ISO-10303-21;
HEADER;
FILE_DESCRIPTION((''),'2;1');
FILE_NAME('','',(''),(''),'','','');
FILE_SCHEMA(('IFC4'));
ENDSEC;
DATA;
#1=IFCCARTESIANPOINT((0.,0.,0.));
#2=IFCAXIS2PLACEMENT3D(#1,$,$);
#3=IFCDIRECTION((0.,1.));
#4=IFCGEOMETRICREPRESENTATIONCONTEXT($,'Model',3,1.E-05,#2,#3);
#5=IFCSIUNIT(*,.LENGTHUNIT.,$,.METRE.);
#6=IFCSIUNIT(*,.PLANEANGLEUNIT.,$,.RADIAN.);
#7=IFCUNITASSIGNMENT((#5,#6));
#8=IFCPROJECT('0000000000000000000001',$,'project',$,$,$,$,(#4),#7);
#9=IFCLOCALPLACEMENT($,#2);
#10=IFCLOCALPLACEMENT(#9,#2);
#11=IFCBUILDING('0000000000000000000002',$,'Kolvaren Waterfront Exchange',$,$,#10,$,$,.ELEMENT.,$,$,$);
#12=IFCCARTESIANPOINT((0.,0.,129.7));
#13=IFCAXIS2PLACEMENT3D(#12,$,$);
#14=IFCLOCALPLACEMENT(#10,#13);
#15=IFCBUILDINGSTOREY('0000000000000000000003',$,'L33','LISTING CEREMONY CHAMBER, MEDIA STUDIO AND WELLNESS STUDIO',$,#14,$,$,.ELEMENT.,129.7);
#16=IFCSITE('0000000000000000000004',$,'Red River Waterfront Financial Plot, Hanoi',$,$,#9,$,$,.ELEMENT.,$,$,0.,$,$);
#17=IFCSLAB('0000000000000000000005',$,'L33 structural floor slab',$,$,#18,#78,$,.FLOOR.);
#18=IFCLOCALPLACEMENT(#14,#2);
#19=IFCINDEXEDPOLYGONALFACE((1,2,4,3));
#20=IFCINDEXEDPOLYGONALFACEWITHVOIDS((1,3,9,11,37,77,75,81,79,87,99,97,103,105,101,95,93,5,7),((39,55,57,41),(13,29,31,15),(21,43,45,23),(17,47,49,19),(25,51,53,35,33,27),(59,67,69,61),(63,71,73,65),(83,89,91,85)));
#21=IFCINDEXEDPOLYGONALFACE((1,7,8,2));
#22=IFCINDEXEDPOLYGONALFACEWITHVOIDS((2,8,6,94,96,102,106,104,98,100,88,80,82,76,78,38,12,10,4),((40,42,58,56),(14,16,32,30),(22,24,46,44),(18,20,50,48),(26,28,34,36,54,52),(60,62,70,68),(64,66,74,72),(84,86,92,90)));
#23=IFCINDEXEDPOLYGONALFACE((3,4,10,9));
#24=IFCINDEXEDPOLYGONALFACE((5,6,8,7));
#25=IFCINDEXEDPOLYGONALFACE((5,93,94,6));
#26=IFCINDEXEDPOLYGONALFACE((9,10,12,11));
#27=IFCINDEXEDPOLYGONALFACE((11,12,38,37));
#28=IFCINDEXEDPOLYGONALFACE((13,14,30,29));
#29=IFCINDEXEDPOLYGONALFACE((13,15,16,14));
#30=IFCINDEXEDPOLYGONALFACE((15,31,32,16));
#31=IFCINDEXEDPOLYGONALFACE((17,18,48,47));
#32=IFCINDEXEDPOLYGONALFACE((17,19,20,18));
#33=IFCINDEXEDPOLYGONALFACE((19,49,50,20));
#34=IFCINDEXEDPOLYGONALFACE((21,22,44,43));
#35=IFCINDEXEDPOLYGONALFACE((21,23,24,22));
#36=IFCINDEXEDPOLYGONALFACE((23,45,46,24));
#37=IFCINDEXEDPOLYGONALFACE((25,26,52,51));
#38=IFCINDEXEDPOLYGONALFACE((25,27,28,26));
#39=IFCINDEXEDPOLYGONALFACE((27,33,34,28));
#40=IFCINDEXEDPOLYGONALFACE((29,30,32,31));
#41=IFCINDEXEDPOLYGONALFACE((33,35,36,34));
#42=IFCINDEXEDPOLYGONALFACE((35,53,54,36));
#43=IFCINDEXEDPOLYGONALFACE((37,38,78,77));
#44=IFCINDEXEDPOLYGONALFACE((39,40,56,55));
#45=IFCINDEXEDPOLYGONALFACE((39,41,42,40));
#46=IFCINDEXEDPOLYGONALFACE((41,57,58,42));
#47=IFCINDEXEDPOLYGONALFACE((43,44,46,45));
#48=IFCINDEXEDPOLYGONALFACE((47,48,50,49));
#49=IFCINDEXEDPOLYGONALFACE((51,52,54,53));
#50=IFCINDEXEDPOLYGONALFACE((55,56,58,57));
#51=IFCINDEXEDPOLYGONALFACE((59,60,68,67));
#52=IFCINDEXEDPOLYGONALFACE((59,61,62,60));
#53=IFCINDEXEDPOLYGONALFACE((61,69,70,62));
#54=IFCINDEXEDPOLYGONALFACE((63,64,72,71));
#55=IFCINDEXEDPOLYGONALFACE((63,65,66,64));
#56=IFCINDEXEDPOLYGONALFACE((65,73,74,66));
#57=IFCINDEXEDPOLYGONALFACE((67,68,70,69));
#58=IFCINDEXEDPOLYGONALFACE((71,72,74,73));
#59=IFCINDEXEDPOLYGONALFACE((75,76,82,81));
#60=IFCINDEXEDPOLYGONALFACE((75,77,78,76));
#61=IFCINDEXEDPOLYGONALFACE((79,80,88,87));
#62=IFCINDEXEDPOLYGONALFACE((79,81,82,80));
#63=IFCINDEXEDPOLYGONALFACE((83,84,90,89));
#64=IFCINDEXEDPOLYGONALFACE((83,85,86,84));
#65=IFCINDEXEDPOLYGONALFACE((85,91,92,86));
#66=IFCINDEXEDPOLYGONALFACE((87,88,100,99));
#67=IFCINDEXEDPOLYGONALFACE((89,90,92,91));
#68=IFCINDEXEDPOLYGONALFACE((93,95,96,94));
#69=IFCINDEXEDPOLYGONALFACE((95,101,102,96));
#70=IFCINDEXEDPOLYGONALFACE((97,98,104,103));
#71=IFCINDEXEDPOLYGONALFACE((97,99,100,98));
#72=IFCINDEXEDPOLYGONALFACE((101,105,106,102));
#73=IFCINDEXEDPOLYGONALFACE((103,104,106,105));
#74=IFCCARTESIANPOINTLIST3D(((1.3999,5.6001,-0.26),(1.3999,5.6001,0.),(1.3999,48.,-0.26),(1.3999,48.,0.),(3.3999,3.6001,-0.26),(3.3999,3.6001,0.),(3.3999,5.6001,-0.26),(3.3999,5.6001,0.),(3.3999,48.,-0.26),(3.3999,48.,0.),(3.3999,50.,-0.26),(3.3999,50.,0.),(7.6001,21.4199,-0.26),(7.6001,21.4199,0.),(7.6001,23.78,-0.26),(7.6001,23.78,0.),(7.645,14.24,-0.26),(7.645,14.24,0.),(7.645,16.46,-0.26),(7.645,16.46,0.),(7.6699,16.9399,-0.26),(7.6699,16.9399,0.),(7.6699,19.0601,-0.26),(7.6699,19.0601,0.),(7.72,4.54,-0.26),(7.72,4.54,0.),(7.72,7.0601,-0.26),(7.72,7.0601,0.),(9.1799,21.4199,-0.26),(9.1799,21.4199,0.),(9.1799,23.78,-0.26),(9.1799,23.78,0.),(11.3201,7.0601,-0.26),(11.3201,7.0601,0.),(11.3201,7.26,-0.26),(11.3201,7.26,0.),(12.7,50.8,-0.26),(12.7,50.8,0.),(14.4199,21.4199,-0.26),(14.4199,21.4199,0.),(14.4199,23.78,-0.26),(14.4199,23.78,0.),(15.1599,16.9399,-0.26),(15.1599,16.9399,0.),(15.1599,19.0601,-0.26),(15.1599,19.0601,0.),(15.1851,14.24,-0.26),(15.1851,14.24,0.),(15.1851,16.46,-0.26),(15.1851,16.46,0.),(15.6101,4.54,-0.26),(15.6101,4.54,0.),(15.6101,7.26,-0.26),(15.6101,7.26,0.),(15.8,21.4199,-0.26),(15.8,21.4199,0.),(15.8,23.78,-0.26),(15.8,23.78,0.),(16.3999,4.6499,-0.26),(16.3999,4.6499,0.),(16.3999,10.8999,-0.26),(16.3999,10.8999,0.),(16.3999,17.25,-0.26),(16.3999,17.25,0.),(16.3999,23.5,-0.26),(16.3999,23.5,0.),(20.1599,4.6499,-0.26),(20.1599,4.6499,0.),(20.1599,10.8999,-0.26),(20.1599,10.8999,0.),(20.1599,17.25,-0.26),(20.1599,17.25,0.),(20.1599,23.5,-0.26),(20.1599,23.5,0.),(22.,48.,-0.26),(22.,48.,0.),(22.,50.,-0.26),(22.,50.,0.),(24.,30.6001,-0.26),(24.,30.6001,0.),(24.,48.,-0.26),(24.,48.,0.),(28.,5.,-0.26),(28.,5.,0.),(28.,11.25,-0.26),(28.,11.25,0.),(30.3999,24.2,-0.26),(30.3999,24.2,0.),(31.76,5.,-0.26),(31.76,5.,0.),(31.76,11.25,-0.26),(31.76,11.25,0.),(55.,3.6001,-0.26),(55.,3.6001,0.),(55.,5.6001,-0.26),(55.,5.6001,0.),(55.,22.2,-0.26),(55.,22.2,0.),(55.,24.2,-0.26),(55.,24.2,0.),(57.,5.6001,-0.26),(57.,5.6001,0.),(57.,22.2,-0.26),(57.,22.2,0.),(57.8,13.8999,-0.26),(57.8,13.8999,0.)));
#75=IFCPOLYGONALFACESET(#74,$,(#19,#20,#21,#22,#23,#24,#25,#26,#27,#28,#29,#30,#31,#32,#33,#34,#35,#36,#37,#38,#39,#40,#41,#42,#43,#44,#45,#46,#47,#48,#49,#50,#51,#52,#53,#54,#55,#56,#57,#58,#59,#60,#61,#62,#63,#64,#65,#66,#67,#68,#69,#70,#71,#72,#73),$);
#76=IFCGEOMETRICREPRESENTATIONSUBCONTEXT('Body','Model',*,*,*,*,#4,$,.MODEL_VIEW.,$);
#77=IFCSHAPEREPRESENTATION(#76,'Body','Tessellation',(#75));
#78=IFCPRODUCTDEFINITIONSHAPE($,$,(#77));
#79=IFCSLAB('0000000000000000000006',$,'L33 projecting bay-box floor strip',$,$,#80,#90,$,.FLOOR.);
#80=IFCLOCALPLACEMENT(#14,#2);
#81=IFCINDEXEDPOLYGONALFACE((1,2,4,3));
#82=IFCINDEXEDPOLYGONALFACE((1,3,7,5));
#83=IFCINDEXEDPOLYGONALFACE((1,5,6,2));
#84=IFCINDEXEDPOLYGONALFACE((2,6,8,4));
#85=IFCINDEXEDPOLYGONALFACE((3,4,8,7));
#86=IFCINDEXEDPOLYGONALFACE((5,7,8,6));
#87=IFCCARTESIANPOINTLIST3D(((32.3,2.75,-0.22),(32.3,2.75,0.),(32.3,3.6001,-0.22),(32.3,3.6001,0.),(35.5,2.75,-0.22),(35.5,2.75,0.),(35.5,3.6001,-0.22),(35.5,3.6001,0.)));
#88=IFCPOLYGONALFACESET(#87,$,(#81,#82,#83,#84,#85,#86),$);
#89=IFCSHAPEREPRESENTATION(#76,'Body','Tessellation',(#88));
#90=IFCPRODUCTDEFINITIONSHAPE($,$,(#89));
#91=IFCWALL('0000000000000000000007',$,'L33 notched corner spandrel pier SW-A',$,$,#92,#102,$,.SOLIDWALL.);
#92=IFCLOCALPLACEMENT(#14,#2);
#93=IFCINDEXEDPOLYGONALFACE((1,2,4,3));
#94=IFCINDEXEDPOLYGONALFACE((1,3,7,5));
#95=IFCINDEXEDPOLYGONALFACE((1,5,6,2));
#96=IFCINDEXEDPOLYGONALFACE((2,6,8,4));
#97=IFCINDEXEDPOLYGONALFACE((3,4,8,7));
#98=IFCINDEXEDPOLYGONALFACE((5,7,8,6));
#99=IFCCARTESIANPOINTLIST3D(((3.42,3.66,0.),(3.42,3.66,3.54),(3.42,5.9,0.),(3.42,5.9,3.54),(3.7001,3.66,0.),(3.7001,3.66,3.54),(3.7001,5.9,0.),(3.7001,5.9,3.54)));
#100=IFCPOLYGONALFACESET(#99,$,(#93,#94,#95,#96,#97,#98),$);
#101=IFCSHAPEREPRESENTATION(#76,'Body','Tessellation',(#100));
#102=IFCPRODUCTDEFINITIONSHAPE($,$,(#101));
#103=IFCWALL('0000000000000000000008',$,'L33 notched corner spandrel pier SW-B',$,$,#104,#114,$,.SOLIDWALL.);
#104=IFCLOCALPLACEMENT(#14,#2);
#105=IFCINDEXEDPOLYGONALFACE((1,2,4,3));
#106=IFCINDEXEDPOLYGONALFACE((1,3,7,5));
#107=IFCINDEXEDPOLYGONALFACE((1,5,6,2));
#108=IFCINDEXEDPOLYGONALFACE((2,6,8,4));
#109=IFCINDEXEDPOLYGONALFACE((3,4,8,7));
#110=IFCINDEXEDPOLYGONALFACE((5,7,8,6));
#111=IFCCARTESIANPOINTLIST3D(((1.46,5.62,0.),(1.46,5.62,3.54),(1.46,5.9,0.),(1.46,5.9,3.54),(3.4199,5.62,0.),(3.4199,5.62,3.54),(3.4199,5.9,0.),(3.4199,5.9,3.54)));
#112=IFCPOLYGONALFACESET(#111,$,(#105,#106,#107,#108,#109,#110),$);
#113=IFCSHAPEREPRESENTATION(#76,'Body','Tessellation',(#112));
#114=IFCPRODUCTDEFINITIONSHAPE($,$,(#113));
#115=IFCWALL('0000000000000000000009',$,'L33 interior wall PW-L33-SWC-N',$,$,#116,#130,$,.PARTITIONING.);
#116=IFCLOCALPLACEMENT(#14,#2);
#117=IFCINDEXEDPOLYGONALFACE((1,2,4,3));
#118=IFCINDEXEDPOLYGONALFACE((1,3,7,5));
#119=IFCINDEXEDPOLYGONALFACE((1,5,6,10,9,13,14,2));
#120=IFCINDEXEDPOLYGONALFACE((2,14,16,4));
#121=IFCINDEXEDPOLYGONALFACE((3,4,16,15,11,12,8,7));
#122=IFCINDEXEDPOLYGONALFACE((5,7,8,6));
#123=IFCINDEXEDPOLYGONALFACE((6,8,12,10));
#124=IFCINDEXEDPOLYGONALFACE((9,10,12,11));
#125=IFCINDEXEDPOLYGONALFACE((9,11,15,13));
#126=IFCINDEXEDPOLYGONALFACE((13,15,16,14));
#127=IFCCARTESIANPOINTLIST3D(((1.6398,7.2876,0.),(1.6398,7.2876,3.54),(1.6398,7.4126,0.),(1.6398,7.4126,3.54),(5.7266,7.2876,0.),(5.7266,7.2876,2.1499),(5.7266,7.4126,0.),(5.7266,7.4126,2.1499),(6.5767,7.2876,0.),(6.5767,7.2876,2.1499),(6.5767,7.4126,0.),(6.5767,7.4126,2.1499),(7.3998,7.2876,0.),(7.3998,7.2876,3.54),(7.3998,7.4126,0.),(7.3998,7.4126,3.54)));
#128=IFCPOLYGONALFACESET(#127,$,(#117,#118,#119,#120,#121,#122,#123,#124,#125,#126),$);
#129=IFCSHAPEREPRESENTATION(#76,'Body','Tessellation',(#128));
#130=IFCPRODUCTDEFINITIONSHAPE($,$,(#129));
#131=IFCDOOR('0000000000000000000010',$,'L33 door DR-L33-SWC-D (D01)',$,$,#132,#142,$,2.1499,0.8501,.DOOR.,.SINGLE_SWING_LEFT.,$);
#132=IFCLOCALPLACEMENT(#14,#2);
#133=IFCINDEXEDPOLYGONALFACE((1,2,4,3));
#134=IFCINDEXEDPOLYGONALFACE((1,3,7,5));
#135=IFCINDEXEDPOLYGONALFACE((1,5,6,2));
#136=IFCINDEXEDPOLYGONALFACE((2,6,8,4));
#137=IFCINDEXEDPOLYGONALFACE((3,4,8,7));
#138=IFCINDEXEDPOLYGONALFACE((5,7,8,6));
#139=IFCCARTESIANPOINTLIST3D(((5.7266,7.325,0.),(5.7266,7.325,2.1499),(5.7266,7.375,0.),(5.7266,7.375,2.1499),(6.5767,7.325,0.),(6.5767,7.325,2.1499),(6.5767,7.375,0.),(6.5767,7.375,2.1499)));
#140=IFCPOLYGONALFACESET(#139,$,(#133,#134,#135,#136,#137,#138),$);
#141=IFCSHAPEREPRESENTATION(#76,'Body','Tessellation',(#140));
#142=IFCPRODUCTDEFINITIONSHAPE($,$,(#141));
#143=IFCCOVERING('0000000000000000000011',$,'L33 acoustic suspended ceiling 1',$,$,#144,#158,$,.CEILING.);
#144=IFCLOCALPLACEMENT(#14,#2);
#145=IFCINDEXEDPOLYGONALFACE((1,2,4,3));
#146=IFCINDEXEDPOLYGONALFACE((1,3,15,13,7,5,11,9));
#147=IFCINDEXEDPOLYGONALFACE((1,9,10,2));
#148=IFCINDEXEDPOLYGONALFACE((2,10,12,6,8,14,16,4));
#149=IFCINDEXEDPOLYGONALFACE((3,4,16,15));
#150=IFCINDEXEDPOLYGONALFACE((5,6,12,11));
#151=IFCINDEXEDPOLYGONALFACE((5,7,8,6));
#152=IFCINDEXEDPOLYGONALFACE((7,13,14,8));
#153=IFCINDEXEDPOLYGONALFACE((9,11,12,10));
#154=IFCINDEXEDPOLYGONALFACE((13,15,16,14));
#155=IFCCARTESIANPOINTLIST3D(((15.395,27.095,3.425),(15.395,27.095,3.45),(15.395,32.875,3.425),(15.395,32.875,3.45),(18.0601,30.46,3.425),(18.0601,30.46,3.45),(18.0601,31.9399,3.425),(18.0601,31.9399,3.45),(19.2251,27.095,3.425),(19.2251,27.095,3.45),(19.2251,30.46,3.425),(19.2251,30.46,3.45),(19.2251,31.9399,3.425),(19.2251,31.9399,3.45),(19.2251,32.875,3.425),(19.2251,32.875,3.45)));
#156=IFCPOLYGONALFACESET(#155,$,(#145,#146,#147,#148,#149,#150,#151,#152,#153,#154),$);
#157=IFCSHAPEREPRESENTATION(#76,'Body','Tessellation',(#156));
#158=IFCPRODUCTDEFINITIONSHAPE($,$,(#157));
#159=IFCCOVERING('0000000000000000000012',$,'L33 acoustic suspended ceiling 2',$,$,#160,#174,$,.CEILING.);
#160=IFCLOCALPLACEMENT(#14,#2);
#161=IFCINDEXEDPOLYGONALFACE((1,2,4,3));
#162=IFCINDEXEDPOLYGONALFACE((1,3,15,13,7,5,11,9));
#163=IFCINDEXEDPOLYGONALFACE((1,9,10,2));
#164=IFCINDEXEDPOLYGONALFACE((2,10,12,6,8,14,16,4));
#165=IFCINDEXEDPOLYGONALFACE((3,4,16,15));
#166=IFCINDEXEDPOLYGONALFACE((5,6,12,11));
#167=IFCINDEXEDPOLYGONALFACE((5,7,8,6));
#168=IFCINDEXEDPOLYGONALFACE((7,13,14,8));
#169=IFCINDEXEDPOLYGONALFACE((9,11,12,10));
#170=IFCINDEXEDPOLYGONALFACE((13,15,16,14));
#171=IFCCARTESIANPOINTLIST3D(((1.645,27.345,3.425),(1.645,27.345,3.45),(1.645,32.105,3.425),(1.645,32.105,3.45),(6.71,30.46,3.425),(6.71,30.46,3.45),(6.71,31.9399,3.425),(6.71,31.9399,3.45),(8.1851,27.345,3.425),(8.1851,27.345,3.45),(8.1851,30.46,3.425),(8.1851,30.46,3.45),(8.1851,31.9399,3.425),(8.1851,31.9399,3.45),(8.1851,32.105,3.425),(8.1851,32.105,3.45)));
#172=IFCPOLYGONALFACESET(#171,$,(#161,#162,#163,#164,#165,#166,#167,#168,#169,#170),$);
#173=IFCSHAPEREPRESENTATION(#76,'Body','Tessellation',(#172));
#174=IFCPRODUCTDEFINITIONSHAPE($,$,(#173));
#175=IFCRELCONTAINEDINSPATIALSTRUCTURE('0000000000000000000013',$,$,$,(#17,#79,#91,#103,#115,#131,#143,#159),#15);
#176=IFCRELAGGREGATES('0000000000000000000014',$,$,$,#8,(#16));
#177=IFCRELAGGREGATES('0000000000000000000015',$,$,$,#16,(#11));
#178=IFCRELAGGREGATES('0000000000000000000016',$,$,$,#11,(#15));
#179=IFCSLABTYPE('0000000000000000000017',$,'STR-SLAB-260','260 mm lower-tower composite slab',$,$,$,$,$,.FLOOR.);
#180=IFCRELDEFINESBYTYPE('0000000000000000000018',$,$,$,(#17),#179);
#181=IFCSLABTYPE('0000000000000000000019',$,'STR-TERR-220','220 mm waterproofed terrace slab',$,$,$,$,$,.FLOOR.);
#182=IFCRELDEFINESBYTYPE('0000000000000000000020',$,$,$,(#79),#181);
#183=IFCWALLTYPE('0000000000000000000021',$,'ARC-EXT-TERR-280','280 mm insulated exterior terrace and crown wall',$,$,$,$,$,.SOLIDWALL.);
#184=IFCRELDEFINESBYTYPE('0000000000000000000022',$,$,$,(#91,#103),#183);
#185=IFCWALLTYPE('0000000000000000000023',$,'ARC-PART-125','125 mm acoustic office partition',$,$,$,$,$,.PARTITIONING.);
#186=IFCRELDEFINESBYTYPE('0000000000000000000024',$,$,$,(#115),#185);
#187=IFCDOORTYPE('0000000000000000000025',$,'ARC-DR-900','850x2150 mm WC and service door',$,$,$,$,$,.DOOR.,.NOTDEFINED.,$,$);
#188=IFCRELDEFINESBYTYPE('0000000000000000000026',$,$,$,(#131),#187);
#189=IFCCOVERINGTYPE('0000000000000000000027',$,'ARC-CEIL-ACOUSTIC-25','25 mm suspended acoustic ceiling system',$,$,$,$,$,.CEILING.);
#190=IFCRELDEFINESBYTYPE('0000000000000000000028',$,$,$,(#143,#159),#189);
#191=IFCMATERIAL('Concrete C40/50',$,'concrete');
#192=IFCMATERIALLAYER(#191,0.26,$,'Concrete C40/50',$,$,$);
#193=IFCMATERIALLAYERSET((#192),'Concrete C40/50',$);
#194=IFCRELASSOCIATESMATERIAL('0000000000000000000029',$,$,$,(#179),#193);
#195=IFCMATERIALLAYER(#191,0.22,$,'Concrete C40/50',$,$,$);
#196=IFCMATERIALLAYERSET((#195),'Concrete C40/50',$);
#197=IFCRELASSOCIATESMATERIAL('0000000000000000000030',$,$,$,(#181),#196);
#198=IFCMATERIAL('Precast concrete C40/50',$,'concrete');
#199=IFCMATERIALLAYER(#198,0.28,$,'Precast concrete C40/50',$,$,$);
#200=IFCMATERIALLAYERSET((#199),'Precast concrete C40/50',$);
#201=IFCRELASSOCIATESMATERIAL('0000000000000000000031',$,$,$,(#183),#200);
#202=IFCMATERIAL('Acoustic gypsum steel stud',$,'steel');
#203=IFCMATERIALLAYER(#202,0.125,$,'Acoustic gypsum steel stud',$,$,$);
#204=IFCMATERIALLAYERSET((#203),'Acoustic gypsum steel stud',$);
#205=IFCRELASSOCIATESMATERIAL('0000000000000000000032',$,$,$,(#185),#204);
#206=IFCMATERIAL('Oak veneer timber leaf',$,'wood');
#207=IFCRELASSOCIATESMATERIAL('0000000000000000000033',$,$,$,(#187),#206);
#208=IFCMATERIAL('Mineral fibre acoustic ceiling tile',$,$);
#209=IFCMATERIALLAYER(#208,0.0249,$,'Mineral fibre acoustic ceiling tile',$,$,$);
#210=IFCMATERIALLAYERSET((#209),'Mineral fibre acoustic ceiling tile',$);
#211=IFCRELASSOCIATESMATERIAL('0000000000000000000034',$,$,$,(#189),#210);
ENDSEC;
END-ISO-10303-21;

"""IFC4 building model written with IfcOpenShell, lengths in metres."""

from ifc_helpers import new_model, si_unit, direction, frame, frame_2d, origin, place, context, subcontext, project, spatial, polyline, rectangle, outline, extrude, material, layer, layer_set, type_object, element, fill, save


model = new_model("IFC4")

# Units and contexts
model_context = context("Model", 3, precision=1e-05, world=origin(), true_north=direction((0.0, 1.0)))
body_context = subcontext(model_context, "Body", "Model", "MODEL_VIEW")
ifc_project = project(units=[si_unit("LENGTHUNIT", "METRE"), si_unit("PLANEANGLEUNIT", "RADIAN")], contexts=[model_context])

# Site, building, storey
site_placement = place(None, origin())
site = spatial("IfcSite", under=ifc_project, at=site_placement, Name="Red River Waterfront Financial Plot, Hanoi", CompositionType="ELEMENT", RefElevation=0.0)
building_placement = place(site_placement, origin())
building = spatial("IfcBuilding", under=site, at=building_placement, Name="Kolvaren Waterfront Exchange", CompositionType="ELEMENT")
storey_placement = place(building_placement, frame((0.0, 0.0, 129.7)))
storey = spatial("IfcBuildingStorey", under=building, at=storey_placement, Name="L33", Description="LISTING CEREMONY CHAMBER, MEDIA STUDIO AND WELLNESS STUDIO", CompositionType="ELEMENT", Elevation=129.7)

# Shared definitions
ifc_material_1 = material(Name="Concrete C40/50", Category="concrete")

# Slabs
ifc_layer_1 = layer(ifc_material_1, 0.26, Name="Concrete C40/50")
ifc_layer_set_1 = layer_set([ifc_layer_1], Name="Concrete C40/50")
slab_type_1 = type_object("IfcSlabType", Name="STR-SLAB-260", Description="260 mm lower-tower composite slab", PredefinedType="FLOOR", material=ifc_layer_set_1)
slab_1_placement = place(storey_placement, frame((0.0, 0.0, -0.26)))
element("IfcSlab", 1, at=slab_1_placement, inside=storey, type_object=slab_type_1, Name="L33 structural floor slab", PredefinedType="FLOOR", context=body_context, shape_type="SweptSolid", body=[
    extrude(outline(polyline([(3.3999, 3.6001), (55.0, 3.6001), (55.0, 5.6001), (57.0, 5.6001), (57.8, 13.8999), (57.0, 22.2), (55.0, 22.2), (55.0, 24.2), (30.3999, 24.2), (24.0, 30.6001), (24.0, 48.0), (22.0, 48.0), (22.0, 50.0), (12.7, 50.8), (3.3999, 50.0), (3.3999, 48.0), (1.3999, 48.0), (1.3999, 5.6001), (3.3999, 5.6001), (3.3999, 3.6001)]), holes=[polyline([(11.3201, 7.26), (15.6101, 7.26), (15.6101, 4.54), (7.72, 4.54), (7.72, 7.0601), (11.3201, 7.0601), (11.3201, 7.26)]), polyline([(20.1599, 10.8999), (20.1599, 4.6499), (16.3999, 4.6499), (16.3999, 10.8999), (20.1599, 10.8999)]), polyline([(31.76, 11.25), (31.76, 5.0), (28.0, 5.0), (28.0, 11.25), (31.76, 11.25)]), polyline([(15.1851, 14.24), (7.645, 14.24), (7.645, 16.46), (15.1851, 16.46), (15.1851, 14.24)]), polyline([(15.1599, 16.9399), (7.6699, 16.9399), (7.6699, 19.0601), (15.1599, 19.0601), (15.1599, 16.9399)]), polyline([(16.3999, 23.5), (20.1599, 23.5), (20.1599, 17.25), (16.3999, 17.25), (16.3999, 23.5)]), polyline([(7.6001, 23.78), (9.1799, 23.78), (9.1799, 21.4199), (7.6001, 21.4199), (7.6001, 23.78)]), polyline([(15.8, 23.78), (15.8, 21.4199), (14.4199, 21.4199), (14.4199, 23.78), (15.8, 23.78)])]), origin(), (0.0, 0.0, 1.0), 0.26),
])
ifc_layer_2 = layer(ifc_material_1, 0.22, Name="Concrete C40/50")
ifc_layer_set_2 = layer_set([ifc_layer_2], Name="Concrete C40/50")
slab_type_2 = type_object("IfcSlabType", Name="STR-TERR-220", Description="220 mm waterproofed terrace slab", PredefinedType="FLOOR", material=ifc_layer_set_2)
slab_2_placement = place(storey_placement, frame((0.0, 0.0, -0.22)))
element("IfcSlab", 2, at=slab_2_placement, inside=storey, type_object=slab_type_2, Name="L33 projecting bay-box floor strip", PredefinedType="FLOOR", context=body_context, shape_type="SweptSolid", body=[
    extrude(outline(polyline([(32.3, 2.75), (35.5, 2.75), (35.5, 3.6001), (32.3, 3.6001), (32.3, 2.75)])), origin(), (0.0, 0.0, 1.0), 0.22),
])

# Walls
ifc_material_2 = material(Name="Precast concrete C40/50", Category="concrete")
ifc_layer_3 = layer(ifc_material_2, 0.28, Name="Precast concrete C40/50")
ifc_layer_set_3 = layer_set([ifc_layer_3], Name="Precast concrete C40/50")
wall_type_1 = type_object("IfcWallType", Name="ARC-EXT-TERR-280", Description="280 mm insulated exterior terrace and crown wall", PredefinedType="SOLIDWALL", material=ifc_layer_set_3)
wall_1_placement = place(storey_placement, frame((3.5601, 3.6599, 0.0), z_axis=(0.0, 0.0, 1.0), x_axis=(0.0, 1.0, 0.0)))
element("IfcWall", 3, at=wall_1_placement, inside=storey, type_object=wall_type_1, Name="L33 notched corner spandrel pier SW-A", PredefinedType="SOLIDWALL", context=body_context, shape_type="SweptSolid", body=[
    extrude(rectangle(XDim=2.24, YDim=0.28, at=frame_2d((1.1201, 0.0))), origin(), (0.0, 0.0, 1.0), 3.54),
])
wall_2_placement = place(storey_placement, frame((1.46, 5.76, 0.0), z_axis=(0.0, 0.0, 1.0), x_axis=(1.0, 0.0, 0.0)))
element("IfcWall", 4, at=wall_2_placement, inside=storey, type_object=wall_type_1, Name="L33 notched corner spandrel pier SW-B", PredefinedType="SOLIDWALL", context=body_context, shape_type="SweptSolid", body=[
    extrude(rectangle(XDim=1.96, YDim=0.28, at=frame_2d((0.98, 0.0))), origin(), (0.0, 0.0, 1.0), 3.54),
])

# Wall, opening, door
ifc_material_3 = material(Name="Acoustic gypsum steel stud", Category="steel")
ifc_layer_4 = layer(ifc_material_3, 0.125, Name="Acoustic gypsum steel stud")
ifc_layer_set_4 = layer_set([ifc_layer_4], Name="Acoustic gypsum steel stud")
wall_type_2 = type_object("IfcWallType", Name="ARC-PART-125", Description="125 mm acoustic office partition", PredefinedType="PARTITIONING", material=ifc_layer_set_4)
wall_3_placement = place(storey_placement, frame((1.6399, 7.3501, 0.0), z_axis=(0.0, 0.0, 1.0), x_axis=(1.0, 0.0, 0.0)))
wall_3 = element("IfcWall", 5, at=wall_3_placement, inside=storey, type_object=wall_type_2, Name="L33 interior wall PW-L33-SWC-N", PredefinedType="PARTITIONING", context=body_context, shape_type="SweptSolid", body=[
    extrude(rectangle(XDim=5.76, YDim=0.125, at=frame_2d((2.8799, 0.0))), origin(), (0.0, 0.0, 1.0), 3.54),
])
opening_placement = place(wall_3_placement, frame((4.0867, 0.0, 0.0)))
opening = element("IfcOpeningElement", 6, at=opening_placement, cuts=wall_3, PredefinedType="OPENING", context=body_context, shape_type="SweptSolid", body=[
    extrude(rectangle(XDim=0.8501, YDim=2.1499, at=frame_2d((0.425, 1.075))), frame((0.0, 0.0725, 0.0), z_axis=(0.0, -1.0, 0.0), x_axis=(1.0, 0.0, 0.0)), (0.0, 0.0, 1.0), 0.145),
])
ifc_material_4 = material(Name="Oak veneer timber leaf", Category="wood")
door_type = type_object("IfcDoorType", Name="ARC-DR-900", Description="850x2150 mm WC and service door", OperationType="NOTDEFINED", PredefinedType="DOOR", material=ifc_material_4)
door_placement = place(opening_placement, origin())
door = element("IfcDoor", 7, at=door_placement, inside=storey, type_object=door_type, Name="L33 door DR-L33-SWC-D (D01)", OperationType="SINGLE_SWING_LEFT", OverallHeight=2.1499, OverallWidth=0.8501, PredefinedType="DOOR", context=body_context, shape_type="SweptSolid", body=[
    extrude(rectangle(XDim=0.8501, YDim=2.1499, at=frame_2d((0.425, 1.075))), frame((0.0, 0.0249, 0.0), z_axis=(0.0, -1.0, 0.0), x_axis=(1.0, 0.0, 0.0)), (0.0, 0.0, 1.0), 0.05),
])
fill(opening, door)

# Coverings
ifc_material_5 = material(Name="Mineral fibre acoustic ceiling tile")
ifc_layer_5 = layer(ifc_material_5, 0.0249, Name="Mineral fibre acoustic ceiling tile")
ifc_layer_set_5 = layer_set([ifc_layer_5], Name="Mineral fibre acoustic ceiling tile")
covering_type_1 = type_object("IfcCoveringType", Name="ARC-CEIL-ACOUSTIC-25", Description="25 mm suspended acoustic ceiling system", PredefinedType="CEILING", material=ifc_layer_set_5)
covering_1_placement = place(storey_placement, frame((0.0, 0.0, 3.425)))
element("IfcCovering", 8, at=covering_1_placement, inside=storey, type_object=covering_type_1, Name="L33 acoustic suspended ceiling 1", PredefinedType="CEILING", context=body_context, shape_type="SweptSolid", body=[
    extrude(outline(polyline([(19.2251, 30.46), (18.0601, 30.46), (18.0601, 31.9399), (19.2251, 31.9399), (19.2251, 32.875), (15.395, 32.875), (15.395, 27.095), (19.2251, 27.095), (19.2251, 30.46)])), origin(), (0.0, 0.0, 1.0), 0.0249),
])
covering_2_placement = place(storey_placement, frame((0.0, 0.0, 3.425)))
element("IfcCovering", 9, at=covering_2_placement, inside=storey, type_object=covering_type_1, Name="L33 acoustic suspended ceiling 2", PredefinedType="CEILING", context=body_context, shape_type="SweptSolid", body=[
    extrude(outline(polyline([(8.1851, 30.46), (6.71, 30.46), (6.71, 31.9399), (8.1851, 31.9399), (8.1851, 32.105), (1.645, 32.105), (1.645, 27.345), (8.1851, 27.345), (8.1851, 30.46)])), origin(), (0.0, 0.0, 1.0), 0.0249),
])

save(model, "model.ifc")
